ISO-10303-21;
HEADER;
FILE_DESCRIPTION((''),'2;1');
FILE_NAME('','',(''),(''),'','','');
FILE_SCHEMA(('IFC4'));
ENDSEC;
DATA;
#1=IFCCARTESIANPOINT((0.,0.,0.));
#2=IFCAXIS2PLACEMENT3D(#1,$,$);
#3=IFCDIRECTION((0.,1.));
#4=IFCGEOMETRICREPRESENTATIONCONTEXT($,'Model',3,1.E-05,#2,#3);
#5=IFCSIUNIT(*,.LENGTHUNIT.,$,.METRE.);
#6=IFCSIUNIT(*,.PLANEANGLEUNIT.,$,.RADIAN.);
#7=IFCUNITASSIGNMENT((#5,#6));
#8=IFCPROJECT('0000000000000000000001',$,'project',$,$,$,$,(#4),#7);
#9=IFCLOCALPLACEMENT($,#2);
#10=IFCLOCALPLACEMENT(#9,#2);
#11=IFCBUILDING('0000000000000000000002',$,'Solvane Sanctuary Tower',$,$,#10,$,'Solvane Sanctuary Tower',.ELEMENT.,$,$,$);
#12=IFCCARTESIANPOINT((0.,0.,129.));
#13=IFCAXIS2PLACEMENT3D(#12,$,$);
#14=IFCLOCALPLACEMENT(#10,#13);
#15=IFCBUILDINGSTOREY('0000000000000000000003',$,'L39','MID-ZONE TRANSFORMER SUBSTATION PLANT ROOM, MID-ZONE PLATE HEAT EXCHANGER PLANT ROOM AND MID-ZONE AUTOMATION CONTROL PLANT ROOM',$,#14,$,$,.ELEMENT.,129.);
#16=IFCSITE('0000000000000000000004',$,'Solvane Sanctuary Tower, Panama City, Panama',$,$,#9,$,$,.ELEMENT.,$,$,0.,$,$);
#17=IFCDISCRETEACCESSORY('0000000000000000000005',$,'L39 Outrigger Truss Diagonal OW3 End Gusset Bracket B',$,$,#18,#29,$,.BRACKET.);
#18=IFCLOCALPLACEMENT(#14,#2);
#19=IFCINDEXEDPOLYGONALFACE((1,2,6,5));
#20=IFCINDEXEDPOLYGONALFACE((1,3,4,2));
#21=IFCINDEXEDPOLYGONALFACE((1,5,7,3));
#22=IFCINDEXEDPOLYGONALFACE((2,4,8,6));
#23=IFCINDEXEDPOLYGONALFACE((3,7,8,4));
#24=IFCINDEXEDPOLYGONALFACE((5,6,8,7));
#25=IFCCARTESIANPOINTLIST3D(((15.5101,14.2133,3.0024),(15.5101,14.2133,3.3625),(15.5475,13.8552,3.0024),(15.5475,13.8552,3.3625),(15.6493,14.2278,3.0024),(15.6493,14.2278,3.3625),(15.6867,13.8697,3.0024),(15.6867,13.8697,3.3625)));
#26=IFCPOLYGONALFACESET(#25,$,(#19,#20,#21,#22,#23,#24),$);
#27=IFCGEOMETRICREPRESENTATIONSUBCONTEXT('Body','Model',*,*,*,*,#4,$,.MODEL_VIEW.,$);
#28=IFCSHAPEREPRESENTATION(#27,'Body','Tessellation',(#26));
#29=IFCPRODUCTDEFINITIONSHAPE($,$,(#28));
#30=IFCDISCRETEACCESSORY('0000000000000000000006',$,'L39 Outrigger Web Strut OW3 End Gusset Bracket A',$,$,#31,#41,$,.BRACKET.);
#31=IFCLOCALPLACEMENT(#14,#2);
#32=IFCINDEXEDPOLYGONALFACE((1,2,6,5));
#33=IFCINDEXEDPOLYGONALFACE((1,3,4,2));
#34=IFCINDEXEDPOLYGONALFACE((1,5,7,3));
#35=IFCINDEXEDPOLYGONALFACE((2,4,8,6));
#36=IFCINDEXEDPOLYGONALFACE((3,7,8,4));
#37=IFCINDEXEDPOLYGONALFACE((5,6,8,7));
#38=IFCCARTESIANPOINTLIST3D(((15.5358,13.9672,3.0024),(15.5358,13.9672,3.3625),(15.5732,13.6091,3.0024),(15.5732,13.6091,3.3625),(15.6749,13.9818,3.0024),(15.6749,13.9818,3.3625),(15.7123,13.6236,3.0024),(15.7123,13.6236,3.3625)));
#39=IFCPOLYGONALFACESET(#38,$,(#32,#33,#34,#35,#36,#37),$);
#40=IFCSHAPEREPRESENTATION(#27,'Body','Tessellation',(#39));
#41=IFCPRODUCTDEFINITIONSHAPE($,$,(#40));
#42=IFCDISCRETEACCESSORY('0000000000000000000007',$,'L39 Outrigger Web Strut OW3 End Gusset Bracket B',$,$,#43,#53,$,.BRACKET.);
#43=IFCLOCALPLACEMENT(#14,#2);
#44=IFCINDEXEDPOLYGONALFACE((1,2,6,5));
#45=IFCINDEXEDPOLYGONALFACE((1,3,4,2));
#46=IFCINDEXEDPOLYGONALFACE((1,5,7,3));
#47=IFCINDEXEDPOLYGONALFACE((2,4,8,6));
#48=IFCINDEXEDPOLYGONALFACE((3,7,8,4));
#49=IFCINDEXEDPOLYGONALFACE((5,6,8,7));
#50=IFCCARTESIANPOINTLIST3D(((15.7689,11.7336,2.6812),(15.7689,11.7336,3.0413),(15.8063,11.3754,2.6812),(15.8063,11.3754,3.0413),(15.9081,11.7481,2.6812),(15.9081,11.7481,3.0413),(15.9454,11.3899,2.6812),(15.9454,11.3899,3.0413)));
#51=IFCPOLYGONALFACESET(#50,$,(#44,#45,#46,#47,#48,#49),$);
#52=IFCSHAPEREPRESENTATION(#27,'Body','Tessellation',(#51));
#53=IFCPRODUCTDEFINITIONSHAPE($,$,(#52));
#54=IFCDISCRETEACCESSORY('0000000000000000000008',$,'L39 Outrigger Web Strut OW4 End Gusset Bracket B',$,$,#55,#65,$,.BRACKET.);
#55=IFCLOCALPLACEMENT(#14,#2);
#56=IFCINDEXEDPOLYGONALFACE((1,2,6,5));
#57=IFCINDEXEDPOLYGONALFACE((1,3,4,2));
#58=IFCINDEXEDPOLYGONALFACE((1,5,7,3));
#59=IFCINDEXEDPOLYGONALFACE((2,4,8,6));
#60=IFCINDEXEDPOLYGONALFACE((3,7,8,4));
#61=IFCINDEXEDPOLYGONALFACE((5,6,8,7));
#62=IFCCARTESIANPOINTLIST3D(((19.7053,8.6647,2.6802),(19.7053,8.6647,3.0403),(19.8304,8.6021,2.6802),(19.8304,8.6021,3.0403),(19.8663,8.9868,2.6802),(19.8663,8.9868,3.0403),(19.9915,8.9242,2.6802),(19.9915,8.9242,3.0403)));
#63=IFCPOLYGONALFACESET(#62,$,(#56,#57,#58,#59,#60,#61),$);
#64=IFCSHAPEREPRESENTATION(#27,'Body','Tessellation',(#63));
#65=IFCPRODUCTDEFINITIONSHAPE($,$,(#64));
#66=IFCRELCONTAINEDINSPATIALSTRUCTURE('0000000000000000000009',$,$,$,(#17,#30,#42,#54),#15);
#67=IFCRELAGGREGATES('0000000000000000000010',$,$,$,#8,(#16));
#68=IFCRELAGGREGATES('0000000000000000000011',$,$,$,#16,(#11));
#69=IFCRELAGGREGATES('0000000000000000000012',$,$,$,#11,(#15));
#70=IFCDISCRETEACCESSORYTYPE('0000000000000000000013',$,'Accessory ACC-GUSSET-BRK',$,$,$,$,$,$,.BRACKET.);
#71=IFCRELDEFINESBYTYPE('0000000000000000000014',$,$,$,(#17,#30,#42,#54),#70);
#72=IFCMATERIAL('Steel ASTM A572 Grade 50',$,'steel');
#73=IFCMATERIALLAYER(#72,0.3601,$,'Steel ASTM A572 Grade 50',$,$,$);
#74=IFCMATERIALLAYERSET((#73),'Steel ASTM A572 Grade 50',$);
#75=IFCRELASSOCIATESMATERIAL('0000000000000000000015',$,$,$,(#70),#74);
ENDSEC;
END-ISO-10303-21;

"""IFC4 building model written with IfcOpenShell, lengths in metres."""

from ifc_helpers import new_model, si_unit, direction, frame, origin, origin_2d, place, context, subcontext, project, spatial, rectangle, extrude, material, layer, layer_set, type_object, element, save


model = new_model("IFC4")

# Units and contexts
model_context = context("Model", 3, precision=1e-05, world=origin(), true_north=direction((0.0, 1.0)))
body_context = subcontext(model_context, "Body", "Model", "MODEL_VIEW")
ifc_project = project(units=[si_unit("LENGTHUNIT", "METRE"), si_unit("PLANEANGLEUNIT", "RADIAN")], contexts=[model_context])

# Site, building, storey
site_placement = place(None, origin())
site = spatial("IfcSite", under=ifc_project, at=site_placement, Name="Solvane Sanctuary Tower, Panama City, Panama", CompositionType="ELEMENT", RefElevation=0.0)
building_placement = place(site_placement, origin())
building = spatial("IfcBuilding", under=site, at=building_placement, Name="Solvane Sanctuary Tower", LongName="Solvane Sanctuary Tower", CompositionType="ELEMENT")
storey_placement = place(building_placement, frame((0.0, 0.0, 129.0)))
storey = spatial("IfcBuildingStorey", under=building, at=storey_placement, Name="L39", Description="MID-ZONE TRANSFORMER SUBSTATION PLANT ROOM, MID-ZONE PLATE HEAT EXCHANGER PLANT ROOM AND MID-ZONE AUTOMATION CONTROL PLANT ROOM", CompositionType="ELEMENT", Elevation=129.0)

# Shared definitions
ifc_material_1 = material(Name="Steel ASTM A572 Grade 50", Category="steel")

# Discrete accessories
ifc_layer_1 = layer(ifc_material_1, 0.3601, Name="Steel ASTM A572 Grade 50")
ifc_layer_set_1 = layer_set([ifc_layer_1], Name="Steel ASTM A572 Grade 50")
discrete_accessory_type = type_object("IfcDiscreteAccessoryType", Name="Accessory ACC-GUSSET-BRK", PredefinedType="BRACKET", material=ifc_layer_set_1)
for number, where, z_axis, x_axis, name in (
    (1, (15.5984, 14.0415, 3.0024), (0.0, 0.0, 1.0), (0.103834, -0.994595, 0.0), "L39 Outrigger Truss Diagonal OW3 End Gusset Bracket B"),
    (2, (15.624, 13.7954, 3.0024), (0.0, 0.0, 1.0), (0.103834, -0.994595, 0.0), "L39 Outrigger Web Strut OW3 End Gusset Bracket A"),
    (3, (15.8572, 11.5618, 2.6812), (0.0, 0.0, 1.0), (0.103834, -0.994595, 0.0), "L39 Outrigger Web Strut OW3 End Gusset Bracket B"),
    (4, (19.8484, 8.7944, 2.6802), (0.0, 0.0, 1.0), (-0.447135, -0.894467, 0.0), "L39 Outrigger Web Strut OW4 End Gusset Bracket B"),
):
    element("IfcDiscreteAccessory", number, at=place(storey_placement, frame(where, z_axis=z_axis, x_axis=x_axis)), inside=storey, type_object=discrete_accessory_type, Name=name, PredefinedType="BRACKET", context=body_context, shape_type="SweptSolid", body=[
        extrude(rectangle(XDim=0.3601, YDim=0.1399, at=origin_2d()), origin(), (0.0, 0.0, 1.0), 0.3601),
    ])

save(model, "model.ifc")
